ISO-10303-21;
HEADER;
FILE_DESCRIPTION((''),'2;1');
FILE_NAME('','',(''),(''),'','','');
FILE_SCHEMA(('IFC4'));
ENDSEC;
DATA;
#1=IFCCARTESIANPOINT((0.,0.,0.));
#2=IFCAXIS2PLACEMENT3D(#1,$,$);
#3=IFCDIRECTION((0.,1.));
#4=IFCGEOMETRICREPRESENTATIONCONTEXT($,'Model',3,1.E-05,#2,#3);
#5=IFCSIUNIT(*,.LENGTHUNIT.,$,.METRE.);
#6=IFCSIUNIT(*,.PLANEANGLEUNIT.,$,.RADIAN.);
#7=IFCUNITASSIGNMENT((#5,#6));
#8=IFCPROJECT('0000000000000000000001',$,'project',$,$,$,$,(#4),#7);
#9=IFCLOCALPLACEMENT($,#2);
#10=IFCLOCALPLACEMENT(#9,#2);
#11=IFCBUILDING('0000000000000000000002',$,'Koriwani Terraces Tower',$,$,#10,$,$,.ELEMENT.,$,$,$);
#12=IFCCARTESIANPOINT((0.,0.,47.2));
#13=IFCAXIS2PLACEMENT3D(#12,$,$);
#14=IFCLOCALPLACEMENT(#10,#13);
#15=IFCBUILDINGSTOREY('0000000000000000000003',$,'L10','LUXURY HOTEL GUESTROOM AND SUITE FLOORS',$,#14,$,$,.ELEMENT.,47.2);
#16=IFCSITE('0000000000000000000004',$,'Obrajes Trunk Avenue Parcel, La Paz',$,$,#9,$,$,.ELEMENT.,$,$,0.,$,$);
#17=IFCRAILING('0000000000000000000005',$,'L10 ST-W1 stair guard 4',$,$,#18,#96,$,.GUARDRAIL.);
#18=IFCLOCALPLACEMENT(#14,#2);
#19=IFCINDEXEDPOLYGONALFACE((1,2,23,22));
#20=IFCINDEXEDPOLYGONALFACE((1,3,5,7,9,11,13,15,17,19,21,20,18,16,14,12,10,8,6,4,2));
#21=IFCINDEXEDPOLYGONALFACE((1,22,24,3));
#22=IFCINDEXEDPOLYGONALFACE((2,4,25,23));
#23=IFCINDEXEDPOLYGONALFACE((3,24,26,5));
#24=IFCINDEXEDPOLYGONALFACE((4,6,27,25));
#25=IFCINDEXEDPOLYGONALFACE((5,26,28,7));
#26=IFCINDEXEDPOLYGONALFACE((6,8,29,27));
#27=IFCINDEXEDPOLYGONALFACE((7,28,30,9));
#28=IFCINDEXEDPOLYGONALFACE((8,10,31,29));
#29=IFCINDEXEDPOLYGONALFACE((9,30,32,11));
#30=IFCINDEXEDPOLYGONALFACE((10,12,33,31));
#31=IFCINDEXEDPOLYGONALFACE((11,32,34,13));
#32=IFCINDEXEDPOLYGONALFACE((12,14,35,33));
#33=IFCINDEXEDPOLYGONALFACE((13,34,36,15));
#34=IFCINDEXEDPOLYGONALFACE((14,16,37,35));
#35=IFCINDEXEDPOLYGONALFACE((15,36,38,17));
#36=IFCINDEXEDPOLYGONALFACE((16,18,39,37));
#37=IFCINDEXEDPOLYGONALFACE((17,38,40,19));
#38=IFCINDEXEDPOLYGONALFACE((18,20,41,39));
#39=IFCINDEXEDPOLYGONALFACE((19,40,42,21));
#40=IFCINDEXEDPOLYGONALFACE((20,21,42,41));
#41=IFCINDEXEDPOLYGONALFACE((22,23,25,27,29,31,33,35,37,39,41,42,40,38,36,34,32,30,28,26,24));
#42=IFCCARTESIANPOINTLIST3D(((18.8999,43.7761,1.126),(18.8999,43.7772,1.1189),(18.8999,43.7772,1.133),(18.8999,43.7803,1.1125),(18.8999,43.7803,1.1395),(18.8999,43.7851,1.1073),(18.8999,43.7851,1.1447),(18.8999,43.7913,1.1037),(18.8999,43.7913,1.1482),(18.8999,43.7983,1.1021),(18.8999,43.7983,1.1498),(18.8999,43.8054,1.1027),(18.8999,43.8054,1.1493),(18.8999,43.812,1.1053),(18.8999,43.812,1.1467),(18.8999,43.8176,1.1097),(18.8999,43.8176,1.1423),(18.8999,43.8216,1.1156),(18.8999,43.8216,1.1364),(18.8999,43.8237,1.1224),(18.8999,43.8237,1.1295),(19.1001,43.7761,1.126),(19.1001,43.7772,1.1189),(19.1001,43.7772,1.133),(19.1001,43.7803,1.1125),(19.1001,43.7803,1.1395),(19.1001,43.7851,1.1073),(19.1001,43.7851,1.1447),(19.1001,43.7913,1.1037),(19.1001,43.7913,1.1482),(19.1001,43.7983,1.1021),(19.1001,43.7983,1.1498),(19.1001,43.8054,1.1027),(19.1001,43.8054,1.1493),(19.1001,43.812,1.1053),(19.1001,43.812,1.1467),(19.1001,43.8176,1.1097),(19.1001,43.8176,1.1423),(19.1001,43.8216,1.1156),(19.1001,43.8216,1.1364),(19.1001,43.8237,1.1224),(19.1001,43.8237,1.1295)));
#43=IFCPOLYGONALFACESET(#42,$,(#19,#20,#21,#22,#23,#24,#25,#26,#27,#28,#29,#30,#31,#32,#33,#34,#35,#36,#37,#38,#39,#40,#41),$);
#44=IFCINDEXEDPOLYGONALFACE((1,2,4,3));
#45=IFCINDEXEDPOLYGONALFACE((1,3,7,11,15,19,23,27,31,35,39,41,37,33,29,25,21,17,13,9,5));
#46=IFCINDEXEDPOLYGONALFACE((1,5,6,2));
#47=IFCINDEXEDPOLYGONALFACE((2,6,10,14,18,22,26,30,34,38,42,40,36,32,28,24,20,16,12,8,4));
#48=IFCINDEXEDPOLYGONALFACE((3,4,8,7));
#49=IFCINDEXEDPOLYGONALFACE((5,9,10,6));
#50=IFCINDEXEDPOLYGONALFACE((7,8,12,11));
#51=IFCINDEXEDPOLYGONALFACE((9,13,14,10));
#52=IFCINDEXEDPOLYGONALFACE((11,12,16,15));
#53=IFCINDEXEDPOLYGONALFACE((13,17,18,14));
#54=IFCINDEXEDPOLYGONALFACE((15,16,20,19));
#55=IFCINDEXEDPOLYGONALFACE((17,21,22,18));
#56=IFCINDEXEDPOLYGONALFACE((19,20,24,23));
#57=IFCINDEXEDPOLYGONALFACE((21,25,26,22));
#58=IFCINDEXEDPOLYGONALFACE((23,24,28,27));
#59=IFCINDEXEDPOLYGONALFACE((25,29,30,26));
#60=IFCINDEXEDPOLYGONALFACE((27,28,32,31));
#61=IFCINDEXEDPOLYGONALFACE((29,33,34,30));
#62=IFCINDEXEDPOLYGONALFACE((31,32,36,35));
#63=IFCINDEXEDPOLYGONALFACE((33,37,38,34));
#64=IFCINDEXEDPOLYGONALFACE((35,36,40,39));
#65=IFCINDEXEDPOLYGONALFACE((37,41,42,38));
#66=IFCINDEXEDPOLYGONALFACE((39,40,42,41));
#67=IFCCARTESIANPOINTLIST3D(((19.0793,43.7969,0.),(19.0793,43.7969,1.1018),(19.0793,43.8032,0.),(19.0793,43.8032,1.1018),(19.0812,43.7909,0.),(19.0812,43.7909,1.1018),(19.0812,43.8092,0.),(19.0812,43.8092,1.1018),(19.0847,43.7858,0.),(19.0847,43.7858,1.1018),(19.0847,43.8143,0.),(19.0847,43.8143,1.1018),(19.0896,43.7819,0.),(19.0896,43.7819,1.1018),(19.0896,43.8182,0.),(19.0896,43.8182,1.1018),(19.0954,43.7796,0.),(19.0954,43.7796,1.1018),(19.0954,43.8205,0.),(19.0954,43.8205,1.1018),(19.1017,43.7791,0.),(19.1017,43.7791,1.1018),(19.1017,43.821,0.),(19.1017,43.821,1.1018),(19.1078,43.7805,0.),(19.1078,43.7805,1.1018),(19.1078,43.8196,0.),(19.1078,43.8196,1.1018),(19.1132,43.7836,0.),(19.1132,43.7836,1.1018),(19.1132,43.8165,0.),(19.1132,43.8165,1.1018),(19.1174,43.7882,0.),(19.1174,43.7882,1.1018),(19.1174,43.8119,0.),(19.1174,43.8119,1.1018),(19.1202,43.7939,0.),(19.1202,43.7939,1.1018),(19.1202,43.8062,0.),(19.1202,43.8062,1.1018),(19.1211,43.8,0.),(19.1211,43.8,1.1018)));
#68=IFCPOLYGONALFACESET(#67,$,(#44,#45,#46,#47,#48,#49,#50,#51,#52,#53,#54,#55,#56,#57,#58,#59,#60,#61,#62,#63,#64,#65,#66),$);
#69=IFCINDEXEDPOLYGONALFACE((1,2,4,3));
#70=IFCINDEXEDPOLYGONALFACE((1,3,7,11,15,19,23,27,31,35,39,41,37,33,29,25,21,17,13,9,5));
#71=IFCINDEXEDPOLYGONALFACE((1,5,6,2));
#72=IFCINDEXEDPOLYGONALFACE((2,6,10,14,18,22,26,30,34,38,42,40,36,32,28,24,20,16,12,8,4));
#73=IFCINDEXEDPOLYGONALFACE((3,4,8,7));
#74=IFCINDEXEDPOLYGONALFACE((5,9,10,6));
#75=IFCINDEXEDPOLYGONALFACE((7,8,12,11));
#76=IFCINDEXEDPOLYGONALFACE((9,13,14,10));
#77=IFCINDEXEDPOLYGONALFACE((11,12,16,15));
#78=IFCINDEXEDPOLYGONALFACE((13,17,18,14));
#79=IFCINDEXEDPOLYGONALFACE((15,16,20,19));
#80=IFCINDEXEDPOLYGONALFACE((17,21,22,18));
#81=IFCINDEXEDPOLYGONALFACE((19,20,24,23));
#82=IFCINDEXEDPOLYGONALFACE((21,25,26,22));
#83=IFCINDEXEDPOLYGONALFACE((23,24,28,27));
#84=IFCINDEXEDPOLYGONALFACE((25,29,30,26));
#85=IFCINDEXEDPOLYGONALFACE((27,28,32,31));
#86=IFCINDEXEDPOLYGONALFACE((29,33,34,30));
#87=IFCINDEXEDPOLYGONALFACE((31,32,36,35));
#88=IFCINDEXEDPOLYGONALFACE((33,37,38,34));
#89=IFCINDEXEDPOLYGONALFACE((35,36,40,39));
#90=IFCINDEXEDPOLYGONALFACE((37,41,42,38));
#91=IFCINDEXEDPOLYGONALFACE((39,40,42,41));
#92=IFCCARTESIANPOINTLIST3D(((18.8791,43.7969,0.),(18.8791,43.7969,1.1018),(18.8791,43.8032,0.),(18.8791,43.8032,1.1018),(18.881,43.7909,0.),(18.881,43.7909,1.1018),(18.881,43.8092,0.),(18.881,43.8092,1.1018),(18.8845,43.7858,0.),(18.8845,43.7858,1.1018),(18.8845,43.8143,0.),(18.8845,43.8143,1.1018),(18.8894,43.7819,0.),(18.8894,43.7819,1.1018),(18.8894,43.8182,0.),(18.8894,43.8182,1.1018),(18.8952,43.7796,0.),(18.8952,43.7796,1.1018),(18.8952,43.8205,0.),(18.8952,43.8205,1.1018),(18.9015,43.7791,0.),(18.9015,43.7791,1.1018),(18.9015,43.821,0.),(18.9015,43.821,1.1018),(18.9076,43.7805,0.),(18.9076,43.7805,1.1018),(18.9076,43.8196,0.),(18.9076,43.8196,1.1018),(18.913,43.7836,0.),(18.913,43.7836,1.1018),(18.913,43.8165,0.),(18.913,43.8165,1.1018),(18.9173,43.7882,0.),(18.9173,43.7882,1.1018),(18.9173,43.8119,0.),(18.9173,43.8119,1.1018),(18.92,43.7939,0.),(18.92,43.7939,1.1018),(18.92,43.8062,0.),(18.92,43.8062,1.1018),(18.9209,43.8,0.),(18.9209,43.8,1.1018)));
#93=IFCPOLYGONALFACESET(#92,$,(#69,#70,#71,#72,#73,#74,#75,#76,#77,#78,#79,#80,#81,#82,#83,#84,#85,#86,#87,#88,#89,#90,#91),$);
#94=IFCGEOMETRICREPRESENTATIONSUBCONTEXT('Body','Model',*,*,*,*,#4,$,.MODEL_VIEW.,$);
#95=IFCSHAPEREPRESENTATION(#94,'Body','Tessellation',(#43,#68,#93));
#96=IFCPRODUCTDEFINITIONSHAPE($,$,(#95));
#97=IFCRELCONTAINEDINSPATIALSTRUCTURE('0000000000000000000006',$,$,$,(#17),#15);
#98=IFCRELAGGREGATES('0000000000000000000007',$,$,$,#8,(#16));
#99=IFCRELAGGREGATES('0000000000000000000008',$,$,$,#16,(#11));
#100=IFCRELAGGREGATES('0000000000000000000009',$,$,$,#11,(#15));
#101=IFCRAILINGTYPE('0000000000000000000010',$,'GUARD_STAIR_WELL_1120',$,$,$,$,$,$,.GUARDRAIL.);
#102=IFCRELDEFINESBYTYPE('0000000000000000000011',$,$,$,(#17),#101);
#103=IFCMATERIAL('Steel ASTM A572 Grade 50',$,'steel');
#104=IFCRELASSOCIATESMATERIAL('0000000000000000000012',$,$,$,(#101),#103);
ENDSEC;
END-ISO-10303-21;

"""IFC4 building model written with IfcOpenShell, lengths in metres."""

from ifc_helpers import new_model, si_unit, direction, frame, origin, origin_2d, place, context, subcontext, project, spatial, circle, extrude, material, type_object, element, save


model = new_model("IFC4")

# Units and contexts
model_context = context("Model", 3, precision=1e-05, world=origin(), true_north=direction((0.0, 1.0)))
body_context = subcontext(model_context, "Body", "Model", "MODEL_VIEW")
ifc_project = project(units=[si_unit("LENGTHUNIT", "METRE"), si_unit("PLANEANGLEUNIT", "RADIAN")], contexts=[model_context])

# Site, building, storey
site_placement = place(None, origin())
site = spatial("IfcSite", under=ifc_project, at=site_placement, Name="Obrajes Trunk Avenue Parcel, La Paz", CompositionType="ELEMENT", RefElevation=0.0)
building_placement = place(site_placement, origin())
building = spatial("IfcBuilding", under=site, at=building_placement, Name="Koriwani Terraces Tower", CompositionType="ELEMENT")
storey_placement = place(building_placement, frame((0.0, 0.0, 47.2)))
storey = spatial("IfcBuildingStorey", under=building, at=storey_placement, Name="L10", Description="LUXURY HOTEL GUESTROOM AND SUITE FLOORS", CompositionType="ELEMENT", Elevation=47.2)

# Shared definitions
ifc_material_1 = material(Name="Steel ASTM A572 Grade 50", Category="steel")

# Railing
railing_type_1 = type_object("IfcRailingType", Name="GUARD_STAIR_WELL_1120", PredefinedType="GUARDRAIL", material=ifc_material_1)
railing_1_placement = place(storey_placement, frame((19.1001, 43.8, 0.0)))
element("IfcRailing", 1, at=railing_1_placement, inside=storey, type_object=railing_type_1, Name="L10 ST-W1 stair guard 4", PredefinedType="GUARDRAIL", context=body_context, shape_type="SweptSolid", body=[
    extrude(circle(Radius=0.0239, at=origin_2d()), frame((0.0, 0.0, 1.126), z_axis=(-1.0, 0.0, 0.0), x_axis=(0.0, -1.0, 0.0)), (0.0, 0.0, 1.0), 0.2002),
    extrude(circle(Radius=0.021, at=origin_2d()), origin(), (0.0, 0.0, 1.0), 1.1018),
    extrude(circle(Radius=0.021, at=origin_2d()), frame((-0.2002, 0.0, 0.0)), (0.0, 0.0, 1.0), 1.1018),
])

save(model, "model.ifc")
